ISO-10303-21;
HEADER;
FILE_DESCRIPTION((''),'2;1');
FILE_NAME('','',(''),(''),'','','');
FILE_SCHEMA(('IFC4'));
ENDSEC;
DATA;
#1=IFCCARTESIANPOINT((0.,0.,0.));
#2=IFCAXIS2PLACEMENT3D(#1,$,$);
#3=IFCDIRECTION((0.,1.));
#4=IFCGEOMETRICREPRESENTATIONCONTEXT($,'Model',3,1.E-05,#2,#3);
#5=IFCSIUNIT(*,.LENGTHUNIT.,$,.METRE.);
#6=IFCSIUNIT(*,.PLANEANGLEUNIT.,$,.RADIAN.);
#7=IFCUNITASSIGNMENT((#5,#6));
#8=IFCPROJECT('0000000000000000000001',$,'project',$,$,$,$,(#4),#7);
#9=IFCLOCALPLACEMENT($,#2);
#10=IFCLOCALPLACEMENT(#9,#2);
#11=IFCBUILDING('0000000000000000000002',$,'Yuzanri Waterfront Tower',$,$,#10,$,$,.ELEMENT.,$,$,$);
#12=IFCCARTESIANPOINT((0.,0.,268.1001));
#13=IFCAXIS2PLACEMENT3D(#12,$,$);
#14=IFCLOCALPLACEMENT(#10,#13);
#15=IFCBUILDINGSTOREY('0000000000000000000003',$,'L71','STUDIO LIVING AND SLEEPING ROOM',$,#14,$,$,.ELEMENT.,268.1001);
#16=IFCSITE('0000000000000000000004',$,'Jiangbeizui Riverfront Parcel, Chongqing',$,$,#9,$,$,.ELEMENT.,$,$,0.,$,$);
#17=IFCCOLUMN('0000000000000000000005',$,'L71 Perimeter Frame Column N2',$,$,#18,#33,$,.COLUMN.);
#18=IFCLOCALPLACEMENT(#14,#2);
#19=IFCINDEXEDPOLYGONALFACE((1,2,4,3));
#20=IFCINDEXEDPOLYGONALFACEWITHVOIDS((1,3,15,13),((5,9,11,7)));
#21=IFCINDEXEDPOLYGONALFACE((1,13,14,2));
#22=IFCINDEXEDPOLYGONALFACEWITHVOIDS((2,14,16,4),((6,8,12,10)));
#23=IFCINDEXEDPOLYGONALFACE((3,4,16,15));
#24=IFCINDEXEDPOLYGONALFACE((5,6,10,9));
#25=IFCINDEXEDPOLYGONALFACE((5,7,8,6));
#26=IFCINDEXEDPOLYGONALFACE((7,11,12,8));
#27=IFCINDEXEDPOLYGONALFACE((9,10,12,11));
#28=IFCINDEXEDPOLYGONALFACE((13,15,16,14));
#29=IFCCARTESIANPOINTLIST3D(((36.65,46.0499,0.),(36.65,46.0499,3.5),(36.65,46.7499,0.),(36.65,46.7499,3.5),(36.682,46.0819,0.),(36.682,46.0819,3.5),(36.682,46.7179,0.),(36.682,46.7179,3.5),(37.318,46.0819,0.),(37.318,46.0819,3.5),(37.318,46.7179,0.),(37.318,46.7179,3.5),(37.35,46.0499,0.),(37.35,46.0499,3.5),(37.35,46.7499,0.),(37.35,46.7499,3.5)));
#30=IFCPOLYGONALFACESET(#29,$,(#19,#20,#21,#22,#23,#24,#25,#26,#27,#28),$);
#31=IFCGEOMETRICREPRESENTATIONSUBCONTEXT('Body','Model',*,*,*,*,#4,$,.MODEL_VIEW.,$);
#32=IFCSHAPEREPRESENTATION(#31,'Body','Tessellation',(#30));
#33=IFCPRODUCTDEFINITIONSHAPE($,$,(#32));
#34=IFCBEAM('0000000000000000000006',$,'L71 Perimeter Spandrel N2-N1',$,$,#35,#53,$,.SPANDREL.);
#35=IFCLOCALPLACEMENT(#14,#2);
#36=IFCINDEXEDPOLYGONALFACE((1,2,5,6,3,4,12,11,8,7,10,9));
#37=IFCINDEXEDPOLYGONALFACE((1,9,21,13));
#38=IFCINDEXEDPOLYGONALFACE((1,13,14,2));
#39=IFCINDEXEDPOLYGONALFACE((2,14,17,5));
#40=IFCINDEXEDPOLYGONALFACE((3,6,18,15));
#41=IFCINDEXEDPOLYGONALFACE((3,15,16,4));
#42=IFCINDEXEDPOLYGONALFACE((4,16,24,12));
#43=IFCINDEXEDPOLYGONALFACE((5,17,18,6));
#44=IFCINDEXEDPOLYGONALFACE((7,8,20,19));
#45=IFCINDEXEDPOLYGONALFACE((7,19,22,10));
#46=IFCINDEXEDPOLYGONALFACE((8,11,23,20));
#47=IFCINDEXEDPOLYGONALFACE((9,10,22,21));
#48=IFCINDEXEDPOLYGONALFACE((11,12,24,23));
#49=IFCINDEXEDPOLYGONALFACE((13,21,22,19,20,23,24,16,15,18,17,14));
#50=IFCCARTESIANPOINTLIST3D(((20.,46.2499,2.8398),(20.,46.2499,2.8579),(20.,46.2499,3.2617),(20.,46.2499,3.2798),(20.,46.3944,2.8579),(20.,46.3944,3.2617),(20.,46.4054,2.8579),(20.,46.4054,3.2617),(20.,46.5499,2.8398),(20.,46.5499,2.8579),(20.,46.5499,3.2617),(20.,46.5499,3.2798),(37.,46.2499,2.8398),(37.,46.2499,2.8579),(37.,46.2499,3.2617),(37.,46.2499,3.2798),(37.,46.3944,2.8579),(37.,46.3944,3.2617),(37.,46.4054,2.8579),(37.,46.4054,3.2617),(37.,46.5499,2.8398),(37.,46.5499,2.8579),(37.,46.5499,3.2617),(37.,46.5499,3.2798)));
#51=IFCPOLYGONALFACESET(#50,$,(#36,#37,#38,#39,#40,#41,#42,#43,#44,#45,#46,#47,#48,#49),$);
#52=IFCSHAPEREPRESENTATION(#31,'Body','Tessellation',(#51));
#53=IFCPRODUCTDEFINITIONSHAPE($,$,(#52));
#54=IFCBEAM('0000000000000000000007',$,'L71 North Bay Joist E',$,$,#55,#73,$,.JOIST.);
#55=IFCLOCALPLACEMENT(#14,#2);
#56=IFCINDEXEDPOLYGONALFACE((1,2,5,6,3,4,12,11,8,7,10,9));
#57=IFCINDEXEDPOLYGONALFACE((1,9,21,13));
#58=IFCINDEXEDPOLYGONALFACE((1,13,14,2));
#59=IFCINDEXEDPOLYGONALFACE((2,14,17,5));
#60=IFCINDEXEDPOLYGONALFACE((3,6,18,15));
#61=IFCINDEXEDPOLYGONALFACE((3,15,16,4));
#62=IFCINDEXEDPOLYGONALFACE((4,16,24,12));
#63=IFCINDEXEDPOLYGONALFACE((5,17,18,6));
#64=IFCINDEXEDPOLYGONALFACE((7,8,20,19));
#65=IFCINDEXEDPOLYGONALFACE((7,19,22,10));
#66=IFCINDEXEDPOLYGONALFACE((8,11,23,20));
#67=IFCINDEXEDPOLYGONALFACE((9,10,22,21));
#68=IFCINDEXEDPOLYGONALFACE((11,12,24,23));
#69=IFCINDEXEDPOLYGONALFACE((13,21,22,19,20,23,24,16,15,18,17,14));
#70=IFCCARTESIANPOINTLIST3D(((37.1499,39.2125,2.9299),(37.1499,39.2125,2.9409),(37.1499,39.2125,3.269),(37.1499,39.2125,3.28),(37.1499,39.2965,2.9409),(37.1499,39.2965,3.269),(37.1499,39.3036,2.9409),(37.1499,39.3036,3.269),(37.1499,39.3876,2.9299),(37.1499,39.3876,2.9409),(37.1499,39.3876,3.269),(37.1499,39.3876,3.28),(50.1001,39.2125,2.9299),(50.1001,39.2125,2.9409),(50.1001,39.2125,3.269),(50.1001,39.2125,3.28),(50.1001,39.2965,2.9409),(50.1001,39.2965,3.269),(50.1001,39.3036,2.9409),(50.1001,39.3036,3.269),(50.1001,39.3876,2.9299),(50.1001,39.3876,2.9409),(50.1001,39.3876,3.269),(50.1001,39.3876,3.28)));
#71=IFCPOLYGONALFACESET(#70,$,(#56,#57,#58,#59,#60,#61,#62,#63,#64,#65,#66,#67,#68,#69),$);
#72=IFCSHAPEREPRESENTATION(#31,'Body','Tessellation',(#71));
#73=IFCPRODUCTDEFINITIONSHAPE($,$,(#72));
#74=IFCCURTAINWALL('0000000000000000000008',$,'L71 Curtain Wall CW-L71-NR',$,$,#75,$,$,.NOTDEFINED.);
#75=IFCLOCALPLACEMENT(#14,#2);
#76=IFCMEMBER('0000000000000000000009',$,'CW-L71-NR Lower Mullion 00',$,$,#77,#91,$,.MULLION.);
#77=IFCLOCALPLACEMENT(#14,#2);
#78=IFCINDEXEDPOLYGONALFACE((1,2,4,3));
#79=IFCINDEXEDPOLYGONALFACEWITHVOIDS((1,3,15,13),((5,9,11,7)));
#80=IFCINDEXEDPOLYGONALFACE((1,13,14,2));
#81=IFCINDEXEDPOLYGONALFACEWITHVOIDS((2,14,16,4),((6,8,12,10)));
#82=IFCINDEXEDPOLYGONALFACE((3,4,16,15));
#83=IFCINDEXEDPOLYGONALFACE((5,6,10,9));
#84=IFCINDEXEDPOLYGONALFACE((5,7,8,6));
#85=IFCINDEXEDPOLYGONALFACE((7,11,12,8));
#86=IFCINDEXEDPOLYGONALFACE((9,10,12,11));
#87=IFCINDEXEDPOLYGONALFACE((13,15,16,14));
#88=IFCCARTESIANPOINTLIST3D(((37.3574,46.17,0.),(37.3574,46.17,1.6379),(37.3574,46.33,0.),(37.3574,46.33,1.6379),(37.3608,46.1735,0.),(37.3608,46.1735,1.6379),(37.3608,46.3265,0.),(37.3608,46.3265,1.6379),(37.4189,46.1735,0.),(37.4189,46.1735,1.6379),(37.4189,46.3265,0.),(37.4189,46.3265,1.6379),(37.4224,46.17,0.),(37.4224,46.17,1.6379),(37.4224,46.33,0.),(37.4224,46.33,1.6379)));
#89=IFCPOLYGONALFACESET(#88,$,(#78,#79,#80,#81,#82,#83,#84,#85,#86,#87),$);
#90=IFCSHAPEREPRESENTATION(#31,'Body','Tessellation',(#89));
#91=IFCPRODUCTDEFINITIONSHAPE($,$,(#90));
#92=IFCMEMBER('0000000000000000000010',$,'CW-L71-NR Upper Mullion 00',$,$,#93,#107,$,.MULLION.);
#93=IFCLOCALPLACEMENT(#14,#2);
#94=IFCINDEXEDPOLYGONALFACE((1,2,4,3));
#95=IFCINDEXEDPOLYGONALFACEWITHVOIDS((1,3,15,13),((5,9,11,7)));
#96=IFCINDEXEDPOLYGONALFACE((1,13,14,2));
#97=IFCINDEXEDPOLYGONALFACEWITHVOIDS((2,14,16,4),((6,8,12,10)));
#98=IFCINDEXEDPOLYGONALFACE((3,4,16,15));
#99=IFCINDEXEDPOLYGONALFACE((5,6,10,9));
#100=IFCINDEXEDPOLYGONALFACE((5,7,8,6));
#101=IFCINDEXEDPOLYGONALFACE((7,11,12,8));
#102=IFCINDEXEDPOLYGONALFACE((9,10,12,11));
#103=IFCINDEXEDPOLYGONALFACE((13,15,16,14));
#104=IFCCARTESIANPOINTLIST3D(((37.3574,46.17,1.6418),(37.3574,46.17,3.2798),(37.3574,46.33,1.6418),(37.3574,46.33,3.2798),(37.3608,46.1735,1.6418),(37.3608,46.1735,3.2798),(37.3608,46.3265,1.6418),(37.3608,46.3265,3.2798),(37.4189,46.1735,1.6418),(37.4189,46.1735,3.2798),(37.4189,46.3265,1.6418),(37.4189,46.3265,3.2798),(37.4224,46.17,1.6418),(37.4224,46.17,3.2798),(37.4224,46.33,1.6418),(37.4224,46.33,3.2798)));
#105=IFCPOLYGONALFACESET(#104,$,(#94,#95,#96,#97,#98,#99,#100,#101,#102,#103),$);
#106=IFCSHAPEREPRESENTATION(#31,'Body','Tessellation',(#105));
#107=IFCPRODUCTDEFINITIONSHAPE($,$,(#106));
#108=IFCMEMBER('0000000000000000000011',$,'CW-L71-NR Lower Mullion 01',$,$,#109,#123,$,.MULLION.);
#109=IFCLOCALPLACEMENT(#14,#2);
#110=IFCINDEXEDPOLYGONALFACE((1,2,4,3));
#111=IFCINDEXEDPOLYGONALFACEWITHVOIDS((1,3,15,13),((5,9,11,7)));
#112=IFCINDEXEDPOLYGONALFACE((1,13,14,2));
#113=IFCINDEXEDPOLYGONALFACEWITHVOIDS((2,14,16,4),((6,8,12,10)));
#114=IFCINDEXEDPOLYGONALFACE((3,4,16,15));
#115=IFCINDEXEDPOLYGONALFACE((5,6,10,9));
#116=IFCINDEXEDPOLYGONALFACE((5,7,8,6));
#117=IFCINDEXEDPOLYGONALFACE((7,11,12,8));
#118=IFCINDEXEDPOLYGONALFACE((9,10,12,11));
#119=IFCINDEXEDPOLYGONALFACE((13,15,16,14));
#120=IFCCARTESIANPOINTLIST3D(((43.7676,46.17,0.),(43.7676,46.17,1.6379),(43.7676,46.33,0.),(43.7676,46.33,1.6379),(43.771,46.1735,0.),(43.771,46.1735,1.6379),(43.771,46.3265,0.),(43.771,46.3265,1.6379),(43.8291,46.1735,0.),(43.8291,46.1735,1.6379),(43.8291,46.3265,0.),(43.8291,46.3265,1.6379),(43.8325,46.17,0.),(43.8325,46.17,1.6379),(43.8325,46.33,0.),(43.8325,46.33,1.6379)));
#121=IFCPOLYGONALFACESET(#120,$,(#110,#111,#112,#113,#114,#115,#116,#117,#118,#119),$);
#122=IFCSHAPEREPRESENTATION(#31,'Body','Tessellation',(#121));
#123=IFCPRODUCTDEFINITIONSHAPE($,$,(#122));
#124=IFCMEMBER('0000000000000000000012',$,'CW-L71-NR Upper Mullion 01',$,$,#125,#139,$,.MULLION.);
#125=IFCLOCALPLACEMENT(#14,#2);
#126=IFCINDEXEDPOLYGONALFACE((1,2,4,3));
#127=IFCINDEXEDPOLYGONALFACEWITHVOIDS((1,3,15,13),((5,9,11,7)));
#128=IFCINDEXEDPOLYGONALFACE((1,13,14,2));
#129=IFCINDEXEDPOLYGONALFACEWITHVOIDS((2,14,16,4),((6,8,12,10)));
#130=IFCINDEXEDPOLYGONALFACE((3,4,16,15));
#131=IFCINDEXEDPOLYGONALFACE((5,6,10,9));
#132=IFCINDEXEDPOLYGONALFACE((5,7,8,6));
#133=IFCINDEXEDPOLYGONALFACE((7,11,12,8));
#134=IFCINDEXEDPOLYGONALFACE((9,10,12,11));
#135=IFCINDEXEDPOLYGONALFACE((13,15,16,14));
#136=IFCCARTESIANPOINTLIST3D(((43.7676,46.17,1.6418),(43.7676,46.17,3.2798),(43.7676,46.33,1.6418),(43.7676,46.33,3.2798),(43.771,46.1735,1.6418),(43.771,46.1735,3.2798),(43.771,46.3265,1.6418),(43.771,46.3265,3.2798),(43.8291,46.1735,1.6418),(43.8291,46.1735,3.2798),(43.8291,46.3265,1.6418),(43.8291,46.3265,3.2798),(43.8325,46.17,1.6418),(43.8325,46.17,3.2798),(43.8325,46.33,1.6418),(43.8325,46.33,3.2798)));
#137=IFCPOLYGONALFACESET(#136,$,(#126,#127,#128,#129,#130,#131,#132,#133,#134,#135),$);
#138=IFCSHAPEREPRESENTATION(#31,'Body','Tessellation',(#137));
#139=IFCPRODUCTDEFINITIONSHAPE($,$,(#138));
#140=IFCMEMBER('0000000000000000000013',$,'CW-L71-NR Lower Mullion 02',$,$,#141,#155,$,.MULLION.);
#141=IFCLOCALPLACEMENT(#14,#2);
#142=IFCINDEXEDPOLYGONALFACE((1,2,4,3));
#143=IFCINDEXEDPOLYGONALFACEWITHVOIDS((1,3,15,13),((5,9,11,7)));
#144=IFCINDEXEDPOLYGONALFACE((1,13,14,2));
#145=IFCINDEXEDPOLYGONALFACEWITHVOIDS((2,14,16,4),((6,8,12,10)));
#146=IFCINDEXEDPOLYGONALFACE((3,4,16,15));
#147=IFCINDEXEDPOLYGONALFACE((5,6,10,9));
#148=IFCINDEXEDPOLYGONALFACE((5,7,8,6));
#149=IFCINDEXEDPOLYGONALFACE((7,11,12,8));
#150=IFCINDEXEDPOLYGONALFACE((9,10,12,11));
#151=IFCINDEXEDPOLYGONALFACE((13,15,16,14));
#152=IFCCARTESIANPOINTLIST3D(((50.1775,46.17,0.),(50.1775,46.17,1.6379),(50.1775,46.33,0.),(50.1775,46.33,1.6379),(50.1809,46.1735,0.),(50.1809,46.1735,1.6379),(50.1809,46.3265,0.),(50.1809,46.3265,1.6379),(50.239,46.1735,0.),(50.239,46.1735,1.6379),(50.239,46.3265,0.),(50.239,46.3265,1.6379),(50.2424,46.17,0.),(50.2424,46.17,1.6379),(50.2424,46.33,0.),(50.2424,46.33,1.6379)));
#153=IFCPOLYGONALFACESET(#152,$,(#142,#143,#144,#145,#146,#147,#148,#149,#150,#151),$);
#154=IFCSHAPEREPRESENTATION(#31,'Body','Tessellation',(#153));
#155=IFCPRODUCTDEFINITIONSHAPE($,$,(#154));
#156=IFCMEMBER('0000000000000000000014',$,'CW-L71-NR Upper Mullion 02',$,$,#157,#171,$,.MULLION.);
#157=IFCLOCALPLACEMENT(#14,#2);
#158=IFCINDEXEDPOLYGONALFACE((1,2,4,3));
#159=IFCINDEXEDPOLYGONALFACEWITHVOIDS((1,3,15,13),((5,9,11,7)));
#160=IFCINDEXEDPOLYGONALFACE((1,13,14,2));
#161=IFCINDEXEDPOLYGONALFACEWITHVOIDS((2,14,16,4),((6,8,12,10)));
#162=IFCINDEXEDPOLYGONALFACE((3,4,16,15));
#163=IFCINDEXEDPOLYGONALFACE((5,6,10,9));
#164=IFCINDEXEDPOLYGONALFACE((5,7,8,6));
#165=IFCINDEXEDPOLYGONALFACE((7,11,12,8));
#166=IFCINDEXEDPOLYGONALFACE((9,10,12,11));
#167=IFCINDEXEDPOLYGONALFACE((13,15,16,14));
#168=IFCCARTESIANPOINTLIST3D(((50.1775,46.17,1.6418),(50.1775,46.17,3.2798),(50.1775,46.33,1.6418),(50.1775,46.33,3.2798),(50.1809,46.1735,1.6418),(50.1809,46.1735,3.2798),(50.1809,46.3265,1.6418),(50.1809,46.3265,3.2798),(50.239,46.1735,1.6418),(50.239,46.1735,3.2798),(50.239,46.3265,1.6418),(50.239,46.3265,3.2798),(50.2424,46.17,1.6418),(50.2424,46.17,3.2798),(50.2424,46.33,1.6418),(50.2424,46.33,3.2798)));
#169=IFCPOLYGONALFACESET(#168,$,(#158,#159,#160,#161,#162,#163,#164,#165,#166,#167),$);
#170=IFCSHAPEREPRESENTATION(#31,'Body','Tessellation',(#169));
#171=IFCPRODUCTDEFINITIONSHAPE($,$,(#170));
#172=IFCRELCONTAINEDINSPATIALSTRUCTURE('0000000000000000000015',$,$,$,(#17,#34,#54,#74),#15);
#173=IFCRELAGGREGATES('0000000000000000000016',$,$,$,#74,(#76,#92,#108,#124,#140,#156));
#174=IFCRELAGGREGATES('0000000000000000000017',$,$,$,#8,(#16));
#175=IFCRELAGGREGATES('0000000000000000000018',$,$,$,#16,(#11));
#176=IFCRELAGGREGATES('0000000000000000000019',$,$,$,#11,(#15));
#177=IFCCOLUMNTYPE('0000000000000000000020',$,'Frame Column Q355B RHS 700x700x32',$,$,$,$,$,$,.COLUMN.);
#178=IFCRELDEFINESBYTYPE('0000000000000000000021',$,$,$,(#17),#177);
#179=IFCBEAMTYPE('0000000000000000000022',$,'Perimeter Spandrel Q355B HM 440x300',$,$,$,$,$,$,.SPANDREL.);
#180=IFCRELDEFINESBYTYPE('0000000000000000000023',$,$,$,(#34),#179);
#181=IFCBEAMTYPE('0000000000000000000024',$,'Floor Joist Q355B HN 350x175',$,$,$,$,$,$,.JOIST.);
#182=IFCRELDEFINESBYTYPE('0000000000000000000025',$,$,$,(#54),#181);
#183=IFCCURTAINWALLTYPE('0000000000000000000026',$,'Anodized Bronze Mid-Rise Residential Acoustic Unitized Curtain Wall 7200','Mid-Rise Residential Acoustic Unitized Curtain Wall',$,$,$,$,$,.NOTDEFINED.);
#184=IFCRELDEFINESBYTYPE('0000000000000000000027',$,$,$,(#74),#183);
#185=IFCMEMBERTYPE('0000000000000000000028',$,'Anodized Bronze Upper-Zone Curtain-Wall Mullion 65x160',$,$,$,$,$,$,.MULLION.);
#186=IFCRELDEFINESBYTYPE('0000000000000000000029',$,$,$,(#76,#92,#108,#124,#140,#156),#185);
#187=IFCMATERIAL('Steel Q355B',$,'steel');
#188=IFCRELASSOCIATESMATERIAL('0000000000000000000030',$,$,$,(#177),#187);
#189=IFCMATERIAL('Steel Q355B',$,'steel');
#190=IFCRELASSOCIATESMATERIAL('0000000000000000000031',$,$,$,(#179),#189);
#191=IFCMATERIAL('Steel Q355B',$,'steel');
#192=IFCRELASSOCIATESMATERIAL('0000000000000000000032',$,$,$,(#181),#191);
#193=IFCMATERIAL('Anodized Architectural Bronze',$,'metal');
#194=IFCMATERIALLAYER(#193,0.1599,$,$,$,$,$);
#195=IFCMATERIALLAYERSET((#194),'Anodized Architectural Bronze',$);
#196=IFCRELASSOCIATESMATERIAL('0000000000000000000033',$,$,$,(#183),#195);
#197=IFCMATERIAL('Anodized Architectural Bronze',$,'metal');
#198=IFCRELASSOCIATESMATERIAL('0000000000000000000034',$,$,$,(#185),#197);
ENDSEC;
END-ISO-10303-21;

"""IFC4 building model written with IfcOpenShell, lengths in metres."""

from ifc_helpers import new_model, si_unit, direction, frame, origin, origin_2d, place, context, subcontext, project, spatial, hollow_rectangle, i_section, extrude, source, transform, mapped, material, layer, layer_set, material_profile, profile_set, type_object, element, aggregate, save


model = new_model("IFC4")

# Units and contexts
model_context = context("Model", 3, precision=1e-05, world=origin(), true_north=direction((0.0, 1.0)))
body_context = subcontext(model_context, "Body", "Model", "MODEL_VIEW")
ifc_project = project(units=[si_unit("LENGTHUNIT", "METRE"), si_unit("PLANEANGLEUNIT", "RADIAN")], contexts=[model_context])

# Site, building, storey
site_placement = place(None, origin())
site = spatial("IfcSite", under=ifc_project, at=site_placement, Name="Jiangbeizui Riverfront Parcel, Chongqing", CompositionType="ELEMENT", RefElevation=0.0)
building_placement = place(site_placement, origin())
building = spatial("IfcBuilding", under=site, at=building_placement, Name="Yuzanri Waterfront Tower", CompositionType="ELEMENT")
storey_placement = place(building_placement, frame((0.0, 0.0, 268.1001)))
storey = spatial("IfcBuildingStorey", under=building, at=storey_placement, Name="L71", Description="STUDIO LIVING AND SLEEPING ROOM", CompositionType="ELEMENT", Elevation=268.1001)

# Column
ifc_material_1 = material(Name="Steel Q355B", Category="steel")
ifc_material_profile_1 = material_profile(ifc_material_1, hollow_rectangle(XDim=0.7, YDim=0.7, WallThickness=0.032, at=origin_2d()), Name="RHS 700x700x32")
ifc_profile_set_1 = profile_set([ifc_material_profile_1], Name="Steel Q355B")
column_type = type_object("IfcColumnType", Name="Frame Column Q355B RHS 700x700x32", PredefinedType="COLUMN", material=ifc_profile_set_1)
shared_shape_1 = source(origin(), body_context, "Body", "SweptSolid", [
    extrude(hollow_rectangle(XDim=0.7, YDim=0.7, WallThickness=0.032, at=origin_2d()), origin(), (0.0, 0.0, 1.0), 3.5),
])
column_placement = place(storey_placement, frame((37.0, 46.3999, 0.0), z_axis=(0.0, 0.0, 1.0), x_axis=(1.0, 0.0, 0.0)))
element("IfcColumn", 1, at=column_placement, inside=storey, type_object=column_type, Name="L71 Perimeter Frame Column N2", PredefinedType="COLUMN", context=body_context, shape_type="MappedRepresentation", body=[
    mapped(shared_shape_1, transform((0.0, 0.0, 0.0), scale=1.0)),
])

# Beams
ifc_material_2 = material(Name="Steel Q355B", Category="steel")
ifc_material_profile_2 = material_profile(ifc_material_2, i_section(OverallWidth=0.3, OverallDepth=0.4399, WebThickness=0.011, FlangeThickness=0.0181, at=origin_2d()), Name="HM 440x300x11x18")
ifc_profile_set_2 = profile_set([ifc_material_profile_2], Name="Steel Q355B")
beam_type_1 = type_object("IfcBeamType", Name="Perimeter Spandrel Q355B HM 440x300", PredefinedType="SPANDREL", material=ifc_profile_set_2)
shared_shape_2 = source(origin(), body_context, "Body", "SweptSolid", [
    extrude(i_section(OverallWidth=0.3, OverallDepth=0.4399, WebThickness=0.011, FlangeThickness=0.0181, at=origin_2d()), origin(), (0.0, 0.0, 1.0), 17.0),
])
beam_1_placement = place(storey_placement, frame((37.0, 46.3999, 3.0598), z_axis=(-1.0, 0.0, 0.0), x_axis=(0.0, -1.0, 0.0)))
element("IfcBeam", 2, at=beam_1_placement, inside=storey, type_object=beam_type_1, Name="L71 Perimeter Spandrel N2-N1", PredefinedType="SPANDREL", context=body_context, shape_type="MappedRepresentation", body=[
    mapped(shared_shape_2, transform((0.0, 0.0, 0.0), scale=1.0)),
])
ifc_material_3 = material(Name="Steel Q355B", Category="steel")
ifc_material_profile_3 = material_profile(ifc_material_3, i_section(OverallWidth=0.175, OverallDepth=0.3501, WebThickness=0.0071, FlangeThickness=0.011, at=origin_2d()), Name="HN 350x175x7x11")
ifc_profile_set_3 = profile_set([ifc_material_profile_3], Name="Steel Q355B")
beam_type_2 = type_object("IfcBeamType", Name="Floor Joist Q355B HN 350x175", PredefinedType="JOIST", material=ifc_profile_set_3)
shared_shape_3 = source(origin(), body_context, "Body", "SweptSolid", [
    extrude(i_section(OverallWidth=0.175, OverallDepth=0.3501, WebThickness=0.0071, FlangeThickness=0.011, at=origin_2d()), origin(), (0.0, 0.0, 1.0), 12.9502),
])
beam_2_placement = place(storey_placement, frame((37.1499, 39.3, 3.105), z_axis=(1.0, 0.0, 0.0), x_axis=(0.0, 1.0, 0.0)))
element("IfcBeam", 3, at=beam_2_placement, inside=storey, type_object=beam_type_2, Name="L71 North Bay Joist E", PredefinedType="JOIST", context=body_context, shape_type="MappedRepresentation", body=[
    mapped(shared_shape_3, transform((0.0, 0.0, 0.0), scale=1.0)),
])

# Curtain wall, members
ifc_material_4 = material(Name="Anodized Architectural Bronze", Category="metal")
ifc_layer_1 = layer(ifc_material_4, 0.1599)
ifc_layer_set_1 = layer_set([ifc_layer_1], Name="Anodized Architectural Bronze")
curtain_wall_type = type_object("IfcCurtainWallType", Name="Anodized Bronze Mid-Rise Residential Acoustic Unitized Curtain Wall 7200", Description="Mid-Rise Residential Acoustic Unitized Curtain Wall", PredefinedType="NOTDEFINED", material=ifc_layer_set_1)
curtain_wall_placement = place(storey_placement, origin())
curtain_wall = element("IfcCurtainWall", 4, at=curtain_wall_placement, inside=storey, type_object=curtain_wall_type, Name="L71 Curtain Wall CW-L71-NR", PredefinedType="NOTDEFINED")
ifc_material_5 = material(Name="Anodized Architectural Bronze", Category="metal")
ifc_material_profile_4 = material_profile(ifc_material_5, hollow_rectangle(XDim=0.0649, YDim=0.1599, WallThickness=0.0034, at=origin_2d()), Name="CWM 65x160")
ifc_profile_set_4 = profile_set([ifc_material_profile_4], Name="Anodized Architectural Bronze")
member_type_1 = type_object("IfcMemberType", Name="Anodized Bronze Upper-Zone Curtain-Wall Mullion 65x160", PredefinedType="MULLION", material=ifc_profile_set_4)
shared_shape_4 = source(origin(), body_context, "Body", "SweptSolid", [
    extrude(hollow_rectangle(XDim=0.0649, YDim=0.1599, WallThickness=0.0034, at=origin_2d()), origin(), (0.0, 0.0, 1.0), 1.6379),
])
member_1_placement = place(storey_placement, frame((37.3899, 46.25, 0.0), z_axis=(0.0, 0.0, 1.0), x_axis=(1.0, 0.0, 0.0)))
member_1 = element("IfcMember", 5, at=member_1_placement, type_object=member_type_1, Name="CW-L71-NR Lower Mullion 00", PredefinedType="MULLION", context=body_context, shape_type="MappedRepresentation", body=[
    mapped(shared_shape_4, transform((0.0, 0.0, 0.0), scale=1.0)),
])
member_2_placement = place(storey_placement, frame((37.3899, 46.25, 1.6418), z_axis=(0.0, 0.0, 1.0), x_axis=(1.0, 0.0, 0.0)))
member_2 = element("IfcMember", 6, at=member_2_placement, type_object=member_type_1, Name="CW-L71-NR Upper Mullion 00", PredefinedType="MULLION", context=body_context, shape_type="MappedRepresentation", body=[
    mapped(shared_shape_4, transform((0.0, 0.0, 0.0), scale=1.0)),
])
member_3_placement = place(storey_placement, frame((43.8, 46.25, 0.0), z_axis=(0.0, 0.0, 1.0), x_axis=(1.0, 0.0, 0.0)))
member_3 = element("IfcMember", 7, at=member_3_placement, type_object=member_type_1, Name="CW-L71-NR Lower Mullion 01", PredefinedType="MULLION", context=body_context, shape_type="MappedRepresentation", body=[
    mapped(shared_shape_4, transform((0.0, 0.0, 0.0), scale=1.0)),
])
member_4_placement = place(storey_placement, frame((43.8, 46.25, 1.6418), z_axis=(0.0, 0.0, 1.0), x_axis=(1.0, 0.0, 0.0)))
member_4 = element("IfcMember", 8, at=member_4_placement, type_object=member_type_1, Name="CW-L71-NR Upper Mullion 01", PredefinedType="MULLION", context=body_context, shape_type="MappedRepresentation", body=[
    mapped(shared_shape_4, transform((0.0, 0.0, 0.0), scale=1.0)),
])
member_5_placement = place(storey_placement, frame((50.21, 46.25, 0.0), z_axis=(0.0, 0.0, 1.0), x_axis=(1.0, 0.0, 0.0)))
member_5 = element("IfcMember", 9, at=member_5_placement, type_object=member_type_1, Name="CW-L71-NR Lower Mullion 02", PredefinedType="MULLION", context=body_context, shape_type="MappedRepresentation", body=[
    mapped(shared_shape_4, transform((0.0, 0.0, 0.0), scale=1.0)),
])
member_6_placement = place(storey_placement, frame((50.21, 46.25, 1.6418), z_axis=(0.0, 0.0, 1.0), x_axis=(1.0, 0.0, 0.0)))
member_6 = element("IfcMember", 10, at=member_6_placement, type_object=member_type_1, Name="CW-L71-NR Upper Mullion 02", PredefinedType="MULLION", context=body_context, shape_type="MappedRepresentation", body=[
    mapped(shared_shape_4, transform((0.0, 0.0, 0.0), scale=1.0)),
])
aggregate(curtain_wall, [member_1, member_2, member_3, member_4, member_5, member_6])

save(model, "model.ifc")
